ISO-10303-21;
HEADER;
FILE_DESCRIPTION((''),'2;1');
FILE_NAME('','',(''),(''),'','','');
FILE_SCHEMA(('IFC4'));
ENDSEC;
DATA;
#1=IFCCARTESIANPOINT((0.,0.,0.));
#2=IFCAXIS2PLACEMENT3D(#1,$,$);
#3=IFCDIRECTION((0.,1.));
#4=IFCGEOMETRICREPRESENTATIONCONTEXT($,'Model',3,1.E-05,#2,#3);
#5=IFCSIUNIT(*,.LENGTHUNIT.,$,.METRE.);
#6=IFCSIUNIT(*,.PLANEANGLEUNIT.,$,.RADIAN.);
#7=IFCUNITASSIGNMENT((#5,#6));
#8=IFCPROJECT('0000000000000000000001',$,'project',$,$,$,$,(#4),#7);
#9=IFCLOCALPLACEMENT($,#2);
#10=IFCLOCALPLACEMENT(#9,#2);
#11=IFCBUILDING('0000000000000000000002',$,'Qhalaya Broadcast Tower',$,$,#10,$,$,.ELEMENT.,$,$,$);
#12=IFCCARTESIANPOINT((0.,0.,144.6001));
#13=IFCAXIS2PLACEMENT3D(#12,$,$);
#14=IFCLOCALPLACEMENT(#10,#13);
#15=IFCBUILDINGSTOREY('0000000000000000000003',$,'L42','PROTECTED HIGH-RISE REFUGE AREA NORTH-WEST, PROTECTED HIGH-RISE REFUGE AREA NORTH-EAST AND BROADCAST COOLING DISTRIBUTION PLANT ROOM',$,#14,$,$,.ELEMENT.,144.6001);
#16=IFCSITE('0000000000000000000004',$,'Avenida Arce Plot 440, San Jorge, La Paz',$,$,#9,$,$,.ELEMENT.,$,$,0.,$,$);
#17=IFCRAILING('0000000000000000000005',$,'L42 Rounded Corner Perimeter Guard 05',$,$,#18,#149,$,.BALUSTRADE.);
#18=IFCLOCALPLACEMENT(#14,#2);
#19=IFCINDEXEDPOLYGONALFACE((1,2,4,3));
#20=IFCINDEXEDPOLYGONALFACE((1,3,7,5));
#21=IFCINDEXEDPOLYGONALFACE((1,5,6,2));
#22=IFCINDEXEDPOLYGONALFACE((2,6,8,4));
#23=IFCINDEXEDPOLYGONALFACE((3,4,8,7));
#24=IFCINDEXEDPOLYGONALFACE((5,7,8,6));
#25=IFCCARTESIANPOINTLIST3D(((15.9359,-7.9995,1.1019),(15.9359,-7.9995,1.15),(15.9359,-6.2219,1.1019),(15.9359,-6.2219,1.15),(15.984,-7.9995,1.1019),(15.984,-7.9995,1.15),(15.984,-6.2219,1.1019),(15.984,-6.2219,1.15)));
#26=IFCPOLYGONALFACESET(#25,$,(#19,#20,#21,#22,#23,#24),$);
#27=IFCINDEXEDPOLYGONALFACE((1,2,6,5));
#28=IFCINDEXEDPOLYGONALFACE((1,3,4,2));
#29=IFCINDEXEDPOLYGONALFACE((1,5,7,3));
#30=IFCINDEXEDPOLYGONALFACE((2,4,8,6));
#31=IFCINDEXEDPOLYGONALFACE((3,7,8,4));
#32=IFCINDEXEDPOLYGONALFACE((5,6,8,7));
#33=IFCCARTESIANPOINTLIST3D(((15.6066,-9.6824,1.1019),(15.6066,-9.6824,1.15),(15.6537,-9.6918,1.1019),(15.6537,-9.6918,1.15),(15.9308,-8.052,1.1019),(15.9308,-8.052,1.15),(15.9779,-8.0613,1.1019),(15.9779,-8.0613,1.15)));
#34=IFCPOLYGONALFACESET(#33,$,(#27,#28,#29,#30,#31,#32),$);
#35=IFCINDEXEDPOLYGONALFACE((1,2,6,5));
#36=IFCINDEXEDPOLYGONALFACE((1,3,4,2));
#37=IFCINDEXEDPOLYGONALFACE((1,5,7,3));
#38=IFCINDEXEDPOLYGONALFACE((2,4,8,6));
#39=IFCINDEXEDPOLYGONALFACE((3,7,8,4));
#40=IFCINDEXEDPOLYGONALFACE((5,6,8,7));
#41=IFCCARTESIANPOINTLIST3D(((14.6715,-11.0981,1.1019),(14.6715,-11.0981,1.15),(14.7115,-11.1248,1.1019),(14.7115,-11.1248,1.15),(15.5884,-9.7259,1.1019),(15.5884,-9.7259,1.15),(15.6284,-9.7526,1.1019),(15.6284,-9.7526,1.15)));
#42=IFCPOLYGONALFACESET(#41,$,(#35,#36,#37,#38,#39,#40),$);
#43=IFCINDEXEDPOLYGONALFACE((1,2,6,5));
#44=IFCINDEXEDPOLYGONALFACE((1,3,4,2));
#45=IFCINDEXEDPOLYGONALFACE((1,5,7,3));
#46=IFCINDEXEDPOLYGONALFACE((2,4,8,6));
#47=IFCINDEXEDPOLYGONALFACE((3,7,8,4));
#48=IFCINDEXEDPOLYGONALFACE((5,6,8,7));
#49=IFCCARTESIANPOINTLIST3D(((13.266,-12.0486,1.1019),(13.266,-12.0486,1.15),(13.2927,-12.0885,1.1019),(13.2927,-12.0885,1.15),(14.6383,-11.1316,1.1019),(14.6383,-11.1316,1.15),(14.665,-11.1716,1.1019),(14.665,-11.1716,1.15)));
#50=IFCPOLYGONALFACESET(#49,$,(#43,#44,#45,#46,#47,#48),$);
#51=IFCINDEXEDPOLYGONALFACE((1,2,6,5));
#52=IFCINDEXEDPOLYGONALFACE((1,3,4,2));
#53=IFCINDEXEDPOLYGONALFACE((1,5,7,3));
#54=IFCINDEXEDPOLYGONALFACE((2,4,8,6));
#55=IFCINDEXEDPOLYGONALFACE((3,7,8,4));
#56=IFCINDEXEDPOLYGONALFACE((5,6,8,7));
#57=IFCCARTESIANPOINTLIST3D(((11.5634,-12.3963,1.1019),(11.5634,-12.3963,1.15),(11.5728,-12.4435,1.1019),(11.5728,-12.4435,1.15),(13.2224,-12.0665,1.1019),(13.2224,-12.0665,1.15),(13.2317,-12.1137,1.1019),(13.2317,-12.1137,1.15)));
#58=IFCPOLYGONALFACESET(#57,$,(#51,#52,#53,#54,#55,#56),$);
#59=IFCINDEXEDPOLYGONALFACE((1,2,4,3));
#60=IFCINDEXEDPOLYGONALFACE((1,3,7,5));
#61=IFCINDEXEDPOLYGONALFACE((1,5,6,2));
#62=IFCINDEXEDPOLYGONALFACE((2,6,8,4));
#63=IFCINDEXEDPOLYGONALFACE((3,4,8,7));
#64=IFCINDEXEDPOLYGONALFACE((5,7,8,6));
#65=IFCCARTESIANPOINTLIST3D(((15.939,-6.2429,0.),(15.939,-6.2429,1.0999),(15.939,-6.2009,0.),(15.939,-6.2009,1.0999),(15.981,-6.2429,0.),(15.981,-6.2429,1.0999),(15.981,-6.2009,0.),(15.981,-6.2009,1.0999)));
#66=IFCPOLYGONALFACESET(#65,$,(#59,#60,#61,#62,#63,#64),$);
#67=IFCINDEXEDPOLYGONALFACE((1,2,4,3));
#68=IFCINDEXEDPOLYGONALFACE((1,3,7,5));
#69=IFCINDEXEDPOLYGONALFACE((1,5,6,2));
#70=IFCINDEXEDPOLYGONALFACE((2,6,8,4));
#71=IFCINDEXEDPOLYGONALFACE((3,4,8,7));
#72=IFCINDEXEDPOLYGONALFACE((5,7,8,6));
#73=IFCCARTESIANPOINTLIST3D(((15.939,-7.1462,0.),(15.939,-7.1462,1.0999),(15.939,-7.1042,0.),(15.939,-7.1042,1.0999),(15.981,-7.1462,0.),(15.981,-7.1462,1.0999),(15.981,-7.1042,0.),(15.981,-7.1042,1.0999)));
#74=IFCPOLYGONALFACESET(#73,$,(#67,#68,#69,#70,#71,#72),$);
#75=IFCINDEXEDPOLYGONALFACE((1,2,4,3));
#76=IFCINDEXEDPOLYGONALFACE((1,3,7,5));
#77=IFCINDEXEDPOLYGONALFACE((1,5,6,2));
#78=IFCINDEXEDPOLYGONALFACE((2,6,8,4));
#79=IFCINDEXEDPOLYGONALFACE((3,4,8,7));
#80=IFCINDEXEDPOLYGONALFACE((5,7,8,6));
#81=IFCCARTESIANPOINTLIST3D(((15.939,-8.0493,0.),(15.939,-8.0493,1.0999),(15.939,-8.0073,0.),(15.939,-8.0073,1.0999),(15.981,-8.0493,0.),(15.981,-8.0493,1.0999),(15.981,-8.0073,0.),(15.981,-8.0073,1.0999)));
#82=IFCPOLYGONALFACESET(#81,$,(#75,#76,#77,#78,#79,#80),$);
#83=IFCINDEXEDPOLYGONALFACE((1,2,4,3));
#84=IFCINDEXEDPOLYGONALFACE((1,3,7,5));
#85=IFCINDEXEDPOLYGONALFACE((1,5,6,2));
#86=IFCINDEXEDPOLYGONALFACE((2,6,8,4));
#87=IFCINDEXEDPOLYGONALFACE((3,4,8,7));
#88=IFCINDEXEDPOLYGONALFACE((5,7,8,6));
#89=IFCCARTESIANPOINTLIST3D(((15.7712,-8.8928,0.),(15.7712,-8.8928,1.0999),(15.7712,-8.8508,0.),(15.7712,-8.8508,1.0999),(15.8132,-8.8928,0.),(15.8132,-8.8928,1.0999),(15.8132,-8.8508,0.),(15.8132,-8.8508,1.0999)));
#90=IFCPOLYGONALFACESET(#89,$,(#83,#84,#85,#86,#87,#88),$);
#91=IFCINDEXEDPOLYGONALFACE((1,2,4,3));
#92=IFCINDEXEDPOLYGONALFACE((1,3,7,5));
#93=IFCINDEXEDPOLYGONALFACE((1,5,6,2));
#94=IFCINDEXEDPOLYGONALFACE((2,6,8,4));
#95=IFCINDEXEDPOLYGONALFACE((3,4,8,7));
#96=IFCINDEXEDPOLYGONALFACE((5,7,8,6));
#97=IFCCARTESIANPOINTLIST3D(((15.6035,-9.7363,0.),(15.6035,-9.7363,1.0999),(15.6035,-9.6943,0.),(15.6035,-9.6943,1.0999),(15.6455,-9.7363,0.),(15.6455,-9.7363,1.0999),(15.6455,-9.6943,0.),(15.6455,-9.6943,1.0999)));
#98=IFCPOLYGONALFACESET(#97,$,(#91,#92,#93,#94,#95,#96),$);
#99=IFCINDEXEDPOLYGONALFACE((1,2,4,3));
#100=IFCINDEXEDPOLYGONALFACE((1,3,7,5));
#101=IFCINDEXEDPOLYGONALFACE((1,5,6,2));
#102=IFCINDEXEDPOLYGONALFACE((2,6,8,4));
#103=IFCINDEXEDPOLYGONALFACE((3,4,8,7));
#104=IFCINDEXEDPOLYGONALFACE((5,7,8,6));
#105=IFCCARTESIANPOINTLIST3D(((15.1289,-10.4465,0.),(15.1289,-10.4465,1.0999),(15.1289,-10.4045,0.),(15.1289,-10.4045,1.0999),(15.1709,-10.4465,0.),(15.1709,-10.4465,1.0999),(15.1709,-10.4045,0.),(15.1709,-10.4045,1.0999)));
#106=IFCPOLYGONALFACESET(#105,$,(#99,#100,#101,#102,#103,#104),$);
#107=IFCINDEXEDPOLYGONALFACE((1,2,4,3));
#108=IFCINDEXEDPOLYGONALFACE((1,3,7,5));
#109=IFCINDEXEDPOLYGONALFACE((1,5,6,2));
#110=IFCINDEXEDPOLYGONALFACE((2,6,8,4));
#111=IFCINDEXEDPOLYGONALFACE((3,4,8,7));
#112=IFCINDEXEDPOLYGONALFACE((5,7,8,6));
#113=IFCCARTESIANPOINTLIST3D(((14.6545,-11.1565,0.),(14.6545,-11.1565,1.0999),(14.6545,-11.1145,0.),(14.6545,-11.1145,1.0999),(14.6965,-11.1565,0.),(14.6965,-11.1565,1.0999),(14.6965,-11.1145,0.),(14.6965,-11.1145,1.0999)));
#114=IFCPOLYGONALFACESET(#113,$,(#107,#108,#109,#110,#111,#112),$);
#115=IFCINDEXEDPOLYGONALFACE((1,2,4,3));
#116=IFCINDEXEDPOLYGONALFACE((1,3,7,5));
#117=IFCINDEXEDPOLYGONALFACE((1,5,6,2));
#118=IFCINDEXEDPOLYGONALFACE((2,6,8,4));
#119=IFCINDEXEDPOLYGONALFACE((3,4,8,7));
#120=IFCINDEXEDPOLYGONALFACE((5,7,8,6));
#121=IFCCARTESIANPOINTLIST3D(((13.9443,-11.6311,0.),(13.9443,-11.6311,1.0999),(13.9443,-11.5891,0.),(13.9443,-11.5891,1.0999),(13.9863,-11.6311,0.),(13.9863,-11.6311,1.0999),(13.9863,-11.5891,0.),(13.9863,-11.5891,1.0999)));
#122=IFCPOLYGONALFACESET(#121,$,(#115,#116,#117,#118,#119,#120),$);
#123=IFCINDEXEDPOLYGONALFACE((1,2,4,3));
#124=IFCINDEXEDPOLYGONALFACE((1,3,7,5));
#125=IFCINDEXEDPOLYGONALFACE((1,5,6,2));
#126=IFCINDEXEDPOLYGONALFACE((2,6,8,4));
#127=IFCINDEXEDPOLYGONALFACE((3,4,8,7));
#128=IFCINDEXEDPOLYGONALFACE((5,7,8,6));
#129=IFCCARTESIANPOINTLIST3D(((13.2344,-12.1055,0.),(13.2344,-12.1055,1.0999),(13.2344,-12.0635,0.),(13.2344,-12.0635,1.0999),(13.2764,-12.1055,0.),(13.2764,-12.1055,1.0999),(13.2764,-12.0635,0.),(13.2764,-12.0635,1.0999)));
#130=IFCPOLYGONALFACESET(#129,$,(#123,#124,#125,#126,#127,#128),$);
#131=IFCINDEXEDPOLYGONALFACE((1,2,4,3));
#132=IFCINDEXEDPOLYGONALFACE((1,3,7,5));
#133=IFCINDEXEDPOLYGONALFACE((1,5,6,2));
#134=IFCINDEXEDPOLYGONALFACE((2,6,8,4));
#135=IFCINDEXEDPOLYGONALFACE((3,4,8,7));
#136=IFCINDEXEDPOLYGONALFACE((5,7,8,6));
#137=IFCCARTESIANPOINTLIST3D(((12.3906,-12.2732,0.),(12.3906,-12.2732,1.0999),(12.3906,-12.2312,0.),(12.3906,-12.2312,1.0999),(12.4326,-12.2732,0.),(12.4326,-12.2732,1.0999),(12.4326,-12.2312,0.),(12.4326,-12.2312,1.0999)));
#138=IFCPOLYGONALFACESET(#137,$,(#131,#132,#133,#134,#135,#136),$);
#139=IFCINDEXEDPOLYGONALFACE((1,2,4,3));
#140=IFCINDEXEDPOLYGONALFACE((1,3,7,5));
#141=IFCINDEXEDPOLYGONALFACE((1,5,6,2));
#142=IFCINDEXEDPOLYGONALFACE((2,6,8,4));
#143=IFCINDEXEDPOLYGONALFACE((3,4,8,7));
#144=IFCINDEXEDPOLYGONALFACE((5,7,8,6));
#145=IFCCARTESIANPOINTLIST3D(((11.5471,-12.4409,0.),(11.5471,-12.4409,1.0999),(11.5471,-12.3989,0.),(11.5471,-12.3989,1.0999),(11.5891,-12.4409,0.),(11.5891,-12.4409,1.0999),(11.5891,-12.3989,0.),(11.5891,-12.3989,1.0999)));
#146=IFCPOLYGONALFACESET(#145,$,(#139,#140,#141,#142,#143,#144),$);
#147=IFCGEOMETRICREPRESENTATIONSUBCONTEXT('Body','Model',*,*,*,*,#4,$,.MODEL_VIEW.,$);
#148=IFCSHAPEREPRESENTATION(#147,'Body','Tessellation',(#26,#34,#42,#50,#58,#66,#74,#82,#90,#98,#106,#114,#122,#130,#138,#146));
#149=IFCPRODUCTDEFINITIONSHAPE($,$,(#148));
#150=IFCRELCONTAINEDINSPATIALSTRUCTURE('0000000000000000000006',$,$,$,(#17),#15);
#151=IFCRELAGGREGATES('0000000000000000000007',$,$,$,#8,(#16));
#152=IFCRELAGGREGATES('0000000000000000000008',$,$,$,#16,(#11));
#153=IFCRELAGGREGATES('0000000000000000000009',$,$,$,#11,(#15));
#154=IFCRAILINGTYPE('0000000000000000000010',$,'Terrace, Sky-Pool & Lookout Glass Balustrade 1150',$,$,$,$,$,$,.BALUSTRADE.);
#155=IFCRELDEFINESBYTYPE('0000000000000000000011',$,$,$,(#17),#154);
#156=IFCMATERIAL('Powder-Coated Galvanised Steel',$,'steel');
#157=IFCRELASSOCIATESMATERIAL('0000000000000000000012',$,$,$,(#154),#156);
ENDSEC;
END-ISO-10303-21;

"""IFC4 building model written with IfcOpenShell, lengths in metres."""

from ifc_helpers import new_model, si_unit, direction, frame, origin, origin_2d, place, context, subcontext, project, spatial, rectangle, extrude, material, type_object, element, save


model = new_model("IFC4")

# Units and contexts
model_context = context("Model", 3, precision=1e-05, world=origin(), true_north=direction((0.0, 1.0)))
body_context = subcontext(model_context, "Body", "Model", "MODEL_VIEW")
ifc_project = project(units=[si_unit("LENGTHUNIT", "METRE"), si_unit("PLANEANGLEUNIT", "RADIAN")], contexts=[model_context])

# Site, building, storey
site_placement = place(None, origin())
site = spatial("IfcSite", under=ifc_project, at=site_placement, Name="Avenida Arce Plot 440, San Jorge, La Paz", CompositionType="ELEMENT", RefElevation=0.0)
building_placement = place(site_placement, origin())
building = spatial("IfcBuilding", under=site, at=building_placement, Name="Qhalaya Broadcast Tower", CompositionType="ELEMENT")
storey_placement = place(building_placement, frame((0.0, 0.0, 144.6001)))
storey = spatial("IfcBuildingStorey", under=building, at=storey_placement, Name="L42", Description="PROTECTED HIGH-RISE REFUGE AREA NORTH-WEST, PROTECTED HIGH-RISE REFUGE AREA NORTH-EAST AND BROADCAST COOLING DISTRIBUTION PLANT ROOM", CompositionType="ELEMENT", Elevation=144.6001)

# Railing
ifc_material_1 = material(Name="Powder-Coated Galvanised Steel", Category="steel")
railing_type = type_object("IfcRailingType", Name="Terrace, Sky-Pool & Lookout Glass Balustrade 1150", PredefinedType="BALUSTRADE", material=ifc_material_1)
railing_1_placement = place(storey_placement, frame((15.96, -6.2219, 0.0)))
element("IfcRailing", 1, at=railing_1_placement, inside=storey, type_object=railing_type, Name="L42 Rounded Corner Perimeter Guard 05", PredefinedType="BALUSTRADE", context=body_context, shape_type="SweptSolid", body=[
    extrude(rectangle(XDim=0.0481, YDim=0.0481, at=origin_2d()), frame((0.0, 0.0, 1.126), z_axis=(0.0, -1.0, 0.0), x_axis=(1.0, 0.0, 0.0)), (0.0, 0.0, 1.0), 1.7776),
    extrude(rectangle(XDim=0.0481, YDim=0.0481, at=origin_2d()), frame((-0.0056, -1.8347, 1.126), z_axis=(-0.195024, -0.980798, 0.0), x_axis=(0.980798, -0.195024, 0.0)), (0.0, 0.0, 1.0), 1.6624),
    extrude(rectangle(XDim=0.0481, YDim=0.0481, at=origin_2d()), frame((-0.3516, -3.5173, 1.126), z_axis=(-0.55559, -0.831456, 0.0), x_axis=(0.831456, -0.55559, 0.0)), (0.0, 0.0, 1.0), 1.6504),
    extrude(rectangle(XDim=0.0481, YDim=0.0481, at=origin_2d()), frame((-1.3083, -4.9297, 1.126), z_axis=(-0.831456, -0.55559, 0.0), x_axis=(0.55559, -0.831456, 0.0)), (0.0, 0.0, 1.0), 1.6504),
    extrude(rectangle(XDim=0.0481, YDim=0.0481, at=origin_2d()), frame((-2.7329, -5.8682, 1.126), z_axis=(-0.980804, -0.194997, 0.0), x_axis=(0.194997, -0.980804, 0.0)), (0.0, 0.0, 1.0), 1.6914),
    extrude(rectangle(XDim=0.042, YDim=0.042, at=origin_2d()), origin(), (0.0, 0.0, 1.0), 1.0999),
    extrude(rectangle(XDim=0.042, YDim=0.042, at=origin_2d()), frame((0.0, -0.9033, 0.0)), (0.0, 0.0, 1.0), 1.0999),
    extrude(rectangle(XDim=0.042, YDim=0.042, at=origin_2d()), frame((0.0, -1.8064, 0.0)), (0.0, 0.0, 1.0), 1.0999),
    extrude(rectangle(XDim=0.042, YDim=0.042, at=origin_2d()), frame((-0.1677, -2.6499, 0.0)), (0.0, 0.0, 1.0), 1.0999),
    extrude(rectangle(XDim=0.042, YDim=0.042, at=origin_2d()), frame((-0.3354, -3.4934, 0.0)), (0.0, 0.0, 1.0), 1.0999),
    extrude(rectangle(XDim=0.042, YDim=0.042, at=origin_2d()), frame((-0.8101, -4.2036, 0.0)), (0.0, 0.0, 1.0), 1.0999),
    extrude(rectangle(XDim=0.042, YDim=0.042, at=origin_2d()), frame((-1.2844, -4.9136, 0.0)), (0.0, 0.0, 1.0), 1.0999),
    extrude(rectangle(XDim=0.042, YDim=0.042, at=origin_2d()), frame((-1.9946, -5.3882, 0.0)), (0.0, 0.0, 1.0), 1.0999),
    extrude(rectangle(XDim=0.042, YDim=0.042, at=origin_2d()), frame((-2.7046, -5.8625, 0.0)), (0.0, 0.0, 1.0), 1.0999),
    extrude(rectangle(XDim=0.042, YDim=0.042, at=origin_2d()), frame((-3.5483, -6.0303, 0.0)), (0.0, 0.0, 1.0), 1.0999),
    extrude(rectangle(XDim=0.042, YDim=0.042, at=origin_2d()), frame((-4.3918, -6.198, 0.0)), (0.0, 0.0, 1.0), 1.0999),
])

save(model, "model.ifc")
